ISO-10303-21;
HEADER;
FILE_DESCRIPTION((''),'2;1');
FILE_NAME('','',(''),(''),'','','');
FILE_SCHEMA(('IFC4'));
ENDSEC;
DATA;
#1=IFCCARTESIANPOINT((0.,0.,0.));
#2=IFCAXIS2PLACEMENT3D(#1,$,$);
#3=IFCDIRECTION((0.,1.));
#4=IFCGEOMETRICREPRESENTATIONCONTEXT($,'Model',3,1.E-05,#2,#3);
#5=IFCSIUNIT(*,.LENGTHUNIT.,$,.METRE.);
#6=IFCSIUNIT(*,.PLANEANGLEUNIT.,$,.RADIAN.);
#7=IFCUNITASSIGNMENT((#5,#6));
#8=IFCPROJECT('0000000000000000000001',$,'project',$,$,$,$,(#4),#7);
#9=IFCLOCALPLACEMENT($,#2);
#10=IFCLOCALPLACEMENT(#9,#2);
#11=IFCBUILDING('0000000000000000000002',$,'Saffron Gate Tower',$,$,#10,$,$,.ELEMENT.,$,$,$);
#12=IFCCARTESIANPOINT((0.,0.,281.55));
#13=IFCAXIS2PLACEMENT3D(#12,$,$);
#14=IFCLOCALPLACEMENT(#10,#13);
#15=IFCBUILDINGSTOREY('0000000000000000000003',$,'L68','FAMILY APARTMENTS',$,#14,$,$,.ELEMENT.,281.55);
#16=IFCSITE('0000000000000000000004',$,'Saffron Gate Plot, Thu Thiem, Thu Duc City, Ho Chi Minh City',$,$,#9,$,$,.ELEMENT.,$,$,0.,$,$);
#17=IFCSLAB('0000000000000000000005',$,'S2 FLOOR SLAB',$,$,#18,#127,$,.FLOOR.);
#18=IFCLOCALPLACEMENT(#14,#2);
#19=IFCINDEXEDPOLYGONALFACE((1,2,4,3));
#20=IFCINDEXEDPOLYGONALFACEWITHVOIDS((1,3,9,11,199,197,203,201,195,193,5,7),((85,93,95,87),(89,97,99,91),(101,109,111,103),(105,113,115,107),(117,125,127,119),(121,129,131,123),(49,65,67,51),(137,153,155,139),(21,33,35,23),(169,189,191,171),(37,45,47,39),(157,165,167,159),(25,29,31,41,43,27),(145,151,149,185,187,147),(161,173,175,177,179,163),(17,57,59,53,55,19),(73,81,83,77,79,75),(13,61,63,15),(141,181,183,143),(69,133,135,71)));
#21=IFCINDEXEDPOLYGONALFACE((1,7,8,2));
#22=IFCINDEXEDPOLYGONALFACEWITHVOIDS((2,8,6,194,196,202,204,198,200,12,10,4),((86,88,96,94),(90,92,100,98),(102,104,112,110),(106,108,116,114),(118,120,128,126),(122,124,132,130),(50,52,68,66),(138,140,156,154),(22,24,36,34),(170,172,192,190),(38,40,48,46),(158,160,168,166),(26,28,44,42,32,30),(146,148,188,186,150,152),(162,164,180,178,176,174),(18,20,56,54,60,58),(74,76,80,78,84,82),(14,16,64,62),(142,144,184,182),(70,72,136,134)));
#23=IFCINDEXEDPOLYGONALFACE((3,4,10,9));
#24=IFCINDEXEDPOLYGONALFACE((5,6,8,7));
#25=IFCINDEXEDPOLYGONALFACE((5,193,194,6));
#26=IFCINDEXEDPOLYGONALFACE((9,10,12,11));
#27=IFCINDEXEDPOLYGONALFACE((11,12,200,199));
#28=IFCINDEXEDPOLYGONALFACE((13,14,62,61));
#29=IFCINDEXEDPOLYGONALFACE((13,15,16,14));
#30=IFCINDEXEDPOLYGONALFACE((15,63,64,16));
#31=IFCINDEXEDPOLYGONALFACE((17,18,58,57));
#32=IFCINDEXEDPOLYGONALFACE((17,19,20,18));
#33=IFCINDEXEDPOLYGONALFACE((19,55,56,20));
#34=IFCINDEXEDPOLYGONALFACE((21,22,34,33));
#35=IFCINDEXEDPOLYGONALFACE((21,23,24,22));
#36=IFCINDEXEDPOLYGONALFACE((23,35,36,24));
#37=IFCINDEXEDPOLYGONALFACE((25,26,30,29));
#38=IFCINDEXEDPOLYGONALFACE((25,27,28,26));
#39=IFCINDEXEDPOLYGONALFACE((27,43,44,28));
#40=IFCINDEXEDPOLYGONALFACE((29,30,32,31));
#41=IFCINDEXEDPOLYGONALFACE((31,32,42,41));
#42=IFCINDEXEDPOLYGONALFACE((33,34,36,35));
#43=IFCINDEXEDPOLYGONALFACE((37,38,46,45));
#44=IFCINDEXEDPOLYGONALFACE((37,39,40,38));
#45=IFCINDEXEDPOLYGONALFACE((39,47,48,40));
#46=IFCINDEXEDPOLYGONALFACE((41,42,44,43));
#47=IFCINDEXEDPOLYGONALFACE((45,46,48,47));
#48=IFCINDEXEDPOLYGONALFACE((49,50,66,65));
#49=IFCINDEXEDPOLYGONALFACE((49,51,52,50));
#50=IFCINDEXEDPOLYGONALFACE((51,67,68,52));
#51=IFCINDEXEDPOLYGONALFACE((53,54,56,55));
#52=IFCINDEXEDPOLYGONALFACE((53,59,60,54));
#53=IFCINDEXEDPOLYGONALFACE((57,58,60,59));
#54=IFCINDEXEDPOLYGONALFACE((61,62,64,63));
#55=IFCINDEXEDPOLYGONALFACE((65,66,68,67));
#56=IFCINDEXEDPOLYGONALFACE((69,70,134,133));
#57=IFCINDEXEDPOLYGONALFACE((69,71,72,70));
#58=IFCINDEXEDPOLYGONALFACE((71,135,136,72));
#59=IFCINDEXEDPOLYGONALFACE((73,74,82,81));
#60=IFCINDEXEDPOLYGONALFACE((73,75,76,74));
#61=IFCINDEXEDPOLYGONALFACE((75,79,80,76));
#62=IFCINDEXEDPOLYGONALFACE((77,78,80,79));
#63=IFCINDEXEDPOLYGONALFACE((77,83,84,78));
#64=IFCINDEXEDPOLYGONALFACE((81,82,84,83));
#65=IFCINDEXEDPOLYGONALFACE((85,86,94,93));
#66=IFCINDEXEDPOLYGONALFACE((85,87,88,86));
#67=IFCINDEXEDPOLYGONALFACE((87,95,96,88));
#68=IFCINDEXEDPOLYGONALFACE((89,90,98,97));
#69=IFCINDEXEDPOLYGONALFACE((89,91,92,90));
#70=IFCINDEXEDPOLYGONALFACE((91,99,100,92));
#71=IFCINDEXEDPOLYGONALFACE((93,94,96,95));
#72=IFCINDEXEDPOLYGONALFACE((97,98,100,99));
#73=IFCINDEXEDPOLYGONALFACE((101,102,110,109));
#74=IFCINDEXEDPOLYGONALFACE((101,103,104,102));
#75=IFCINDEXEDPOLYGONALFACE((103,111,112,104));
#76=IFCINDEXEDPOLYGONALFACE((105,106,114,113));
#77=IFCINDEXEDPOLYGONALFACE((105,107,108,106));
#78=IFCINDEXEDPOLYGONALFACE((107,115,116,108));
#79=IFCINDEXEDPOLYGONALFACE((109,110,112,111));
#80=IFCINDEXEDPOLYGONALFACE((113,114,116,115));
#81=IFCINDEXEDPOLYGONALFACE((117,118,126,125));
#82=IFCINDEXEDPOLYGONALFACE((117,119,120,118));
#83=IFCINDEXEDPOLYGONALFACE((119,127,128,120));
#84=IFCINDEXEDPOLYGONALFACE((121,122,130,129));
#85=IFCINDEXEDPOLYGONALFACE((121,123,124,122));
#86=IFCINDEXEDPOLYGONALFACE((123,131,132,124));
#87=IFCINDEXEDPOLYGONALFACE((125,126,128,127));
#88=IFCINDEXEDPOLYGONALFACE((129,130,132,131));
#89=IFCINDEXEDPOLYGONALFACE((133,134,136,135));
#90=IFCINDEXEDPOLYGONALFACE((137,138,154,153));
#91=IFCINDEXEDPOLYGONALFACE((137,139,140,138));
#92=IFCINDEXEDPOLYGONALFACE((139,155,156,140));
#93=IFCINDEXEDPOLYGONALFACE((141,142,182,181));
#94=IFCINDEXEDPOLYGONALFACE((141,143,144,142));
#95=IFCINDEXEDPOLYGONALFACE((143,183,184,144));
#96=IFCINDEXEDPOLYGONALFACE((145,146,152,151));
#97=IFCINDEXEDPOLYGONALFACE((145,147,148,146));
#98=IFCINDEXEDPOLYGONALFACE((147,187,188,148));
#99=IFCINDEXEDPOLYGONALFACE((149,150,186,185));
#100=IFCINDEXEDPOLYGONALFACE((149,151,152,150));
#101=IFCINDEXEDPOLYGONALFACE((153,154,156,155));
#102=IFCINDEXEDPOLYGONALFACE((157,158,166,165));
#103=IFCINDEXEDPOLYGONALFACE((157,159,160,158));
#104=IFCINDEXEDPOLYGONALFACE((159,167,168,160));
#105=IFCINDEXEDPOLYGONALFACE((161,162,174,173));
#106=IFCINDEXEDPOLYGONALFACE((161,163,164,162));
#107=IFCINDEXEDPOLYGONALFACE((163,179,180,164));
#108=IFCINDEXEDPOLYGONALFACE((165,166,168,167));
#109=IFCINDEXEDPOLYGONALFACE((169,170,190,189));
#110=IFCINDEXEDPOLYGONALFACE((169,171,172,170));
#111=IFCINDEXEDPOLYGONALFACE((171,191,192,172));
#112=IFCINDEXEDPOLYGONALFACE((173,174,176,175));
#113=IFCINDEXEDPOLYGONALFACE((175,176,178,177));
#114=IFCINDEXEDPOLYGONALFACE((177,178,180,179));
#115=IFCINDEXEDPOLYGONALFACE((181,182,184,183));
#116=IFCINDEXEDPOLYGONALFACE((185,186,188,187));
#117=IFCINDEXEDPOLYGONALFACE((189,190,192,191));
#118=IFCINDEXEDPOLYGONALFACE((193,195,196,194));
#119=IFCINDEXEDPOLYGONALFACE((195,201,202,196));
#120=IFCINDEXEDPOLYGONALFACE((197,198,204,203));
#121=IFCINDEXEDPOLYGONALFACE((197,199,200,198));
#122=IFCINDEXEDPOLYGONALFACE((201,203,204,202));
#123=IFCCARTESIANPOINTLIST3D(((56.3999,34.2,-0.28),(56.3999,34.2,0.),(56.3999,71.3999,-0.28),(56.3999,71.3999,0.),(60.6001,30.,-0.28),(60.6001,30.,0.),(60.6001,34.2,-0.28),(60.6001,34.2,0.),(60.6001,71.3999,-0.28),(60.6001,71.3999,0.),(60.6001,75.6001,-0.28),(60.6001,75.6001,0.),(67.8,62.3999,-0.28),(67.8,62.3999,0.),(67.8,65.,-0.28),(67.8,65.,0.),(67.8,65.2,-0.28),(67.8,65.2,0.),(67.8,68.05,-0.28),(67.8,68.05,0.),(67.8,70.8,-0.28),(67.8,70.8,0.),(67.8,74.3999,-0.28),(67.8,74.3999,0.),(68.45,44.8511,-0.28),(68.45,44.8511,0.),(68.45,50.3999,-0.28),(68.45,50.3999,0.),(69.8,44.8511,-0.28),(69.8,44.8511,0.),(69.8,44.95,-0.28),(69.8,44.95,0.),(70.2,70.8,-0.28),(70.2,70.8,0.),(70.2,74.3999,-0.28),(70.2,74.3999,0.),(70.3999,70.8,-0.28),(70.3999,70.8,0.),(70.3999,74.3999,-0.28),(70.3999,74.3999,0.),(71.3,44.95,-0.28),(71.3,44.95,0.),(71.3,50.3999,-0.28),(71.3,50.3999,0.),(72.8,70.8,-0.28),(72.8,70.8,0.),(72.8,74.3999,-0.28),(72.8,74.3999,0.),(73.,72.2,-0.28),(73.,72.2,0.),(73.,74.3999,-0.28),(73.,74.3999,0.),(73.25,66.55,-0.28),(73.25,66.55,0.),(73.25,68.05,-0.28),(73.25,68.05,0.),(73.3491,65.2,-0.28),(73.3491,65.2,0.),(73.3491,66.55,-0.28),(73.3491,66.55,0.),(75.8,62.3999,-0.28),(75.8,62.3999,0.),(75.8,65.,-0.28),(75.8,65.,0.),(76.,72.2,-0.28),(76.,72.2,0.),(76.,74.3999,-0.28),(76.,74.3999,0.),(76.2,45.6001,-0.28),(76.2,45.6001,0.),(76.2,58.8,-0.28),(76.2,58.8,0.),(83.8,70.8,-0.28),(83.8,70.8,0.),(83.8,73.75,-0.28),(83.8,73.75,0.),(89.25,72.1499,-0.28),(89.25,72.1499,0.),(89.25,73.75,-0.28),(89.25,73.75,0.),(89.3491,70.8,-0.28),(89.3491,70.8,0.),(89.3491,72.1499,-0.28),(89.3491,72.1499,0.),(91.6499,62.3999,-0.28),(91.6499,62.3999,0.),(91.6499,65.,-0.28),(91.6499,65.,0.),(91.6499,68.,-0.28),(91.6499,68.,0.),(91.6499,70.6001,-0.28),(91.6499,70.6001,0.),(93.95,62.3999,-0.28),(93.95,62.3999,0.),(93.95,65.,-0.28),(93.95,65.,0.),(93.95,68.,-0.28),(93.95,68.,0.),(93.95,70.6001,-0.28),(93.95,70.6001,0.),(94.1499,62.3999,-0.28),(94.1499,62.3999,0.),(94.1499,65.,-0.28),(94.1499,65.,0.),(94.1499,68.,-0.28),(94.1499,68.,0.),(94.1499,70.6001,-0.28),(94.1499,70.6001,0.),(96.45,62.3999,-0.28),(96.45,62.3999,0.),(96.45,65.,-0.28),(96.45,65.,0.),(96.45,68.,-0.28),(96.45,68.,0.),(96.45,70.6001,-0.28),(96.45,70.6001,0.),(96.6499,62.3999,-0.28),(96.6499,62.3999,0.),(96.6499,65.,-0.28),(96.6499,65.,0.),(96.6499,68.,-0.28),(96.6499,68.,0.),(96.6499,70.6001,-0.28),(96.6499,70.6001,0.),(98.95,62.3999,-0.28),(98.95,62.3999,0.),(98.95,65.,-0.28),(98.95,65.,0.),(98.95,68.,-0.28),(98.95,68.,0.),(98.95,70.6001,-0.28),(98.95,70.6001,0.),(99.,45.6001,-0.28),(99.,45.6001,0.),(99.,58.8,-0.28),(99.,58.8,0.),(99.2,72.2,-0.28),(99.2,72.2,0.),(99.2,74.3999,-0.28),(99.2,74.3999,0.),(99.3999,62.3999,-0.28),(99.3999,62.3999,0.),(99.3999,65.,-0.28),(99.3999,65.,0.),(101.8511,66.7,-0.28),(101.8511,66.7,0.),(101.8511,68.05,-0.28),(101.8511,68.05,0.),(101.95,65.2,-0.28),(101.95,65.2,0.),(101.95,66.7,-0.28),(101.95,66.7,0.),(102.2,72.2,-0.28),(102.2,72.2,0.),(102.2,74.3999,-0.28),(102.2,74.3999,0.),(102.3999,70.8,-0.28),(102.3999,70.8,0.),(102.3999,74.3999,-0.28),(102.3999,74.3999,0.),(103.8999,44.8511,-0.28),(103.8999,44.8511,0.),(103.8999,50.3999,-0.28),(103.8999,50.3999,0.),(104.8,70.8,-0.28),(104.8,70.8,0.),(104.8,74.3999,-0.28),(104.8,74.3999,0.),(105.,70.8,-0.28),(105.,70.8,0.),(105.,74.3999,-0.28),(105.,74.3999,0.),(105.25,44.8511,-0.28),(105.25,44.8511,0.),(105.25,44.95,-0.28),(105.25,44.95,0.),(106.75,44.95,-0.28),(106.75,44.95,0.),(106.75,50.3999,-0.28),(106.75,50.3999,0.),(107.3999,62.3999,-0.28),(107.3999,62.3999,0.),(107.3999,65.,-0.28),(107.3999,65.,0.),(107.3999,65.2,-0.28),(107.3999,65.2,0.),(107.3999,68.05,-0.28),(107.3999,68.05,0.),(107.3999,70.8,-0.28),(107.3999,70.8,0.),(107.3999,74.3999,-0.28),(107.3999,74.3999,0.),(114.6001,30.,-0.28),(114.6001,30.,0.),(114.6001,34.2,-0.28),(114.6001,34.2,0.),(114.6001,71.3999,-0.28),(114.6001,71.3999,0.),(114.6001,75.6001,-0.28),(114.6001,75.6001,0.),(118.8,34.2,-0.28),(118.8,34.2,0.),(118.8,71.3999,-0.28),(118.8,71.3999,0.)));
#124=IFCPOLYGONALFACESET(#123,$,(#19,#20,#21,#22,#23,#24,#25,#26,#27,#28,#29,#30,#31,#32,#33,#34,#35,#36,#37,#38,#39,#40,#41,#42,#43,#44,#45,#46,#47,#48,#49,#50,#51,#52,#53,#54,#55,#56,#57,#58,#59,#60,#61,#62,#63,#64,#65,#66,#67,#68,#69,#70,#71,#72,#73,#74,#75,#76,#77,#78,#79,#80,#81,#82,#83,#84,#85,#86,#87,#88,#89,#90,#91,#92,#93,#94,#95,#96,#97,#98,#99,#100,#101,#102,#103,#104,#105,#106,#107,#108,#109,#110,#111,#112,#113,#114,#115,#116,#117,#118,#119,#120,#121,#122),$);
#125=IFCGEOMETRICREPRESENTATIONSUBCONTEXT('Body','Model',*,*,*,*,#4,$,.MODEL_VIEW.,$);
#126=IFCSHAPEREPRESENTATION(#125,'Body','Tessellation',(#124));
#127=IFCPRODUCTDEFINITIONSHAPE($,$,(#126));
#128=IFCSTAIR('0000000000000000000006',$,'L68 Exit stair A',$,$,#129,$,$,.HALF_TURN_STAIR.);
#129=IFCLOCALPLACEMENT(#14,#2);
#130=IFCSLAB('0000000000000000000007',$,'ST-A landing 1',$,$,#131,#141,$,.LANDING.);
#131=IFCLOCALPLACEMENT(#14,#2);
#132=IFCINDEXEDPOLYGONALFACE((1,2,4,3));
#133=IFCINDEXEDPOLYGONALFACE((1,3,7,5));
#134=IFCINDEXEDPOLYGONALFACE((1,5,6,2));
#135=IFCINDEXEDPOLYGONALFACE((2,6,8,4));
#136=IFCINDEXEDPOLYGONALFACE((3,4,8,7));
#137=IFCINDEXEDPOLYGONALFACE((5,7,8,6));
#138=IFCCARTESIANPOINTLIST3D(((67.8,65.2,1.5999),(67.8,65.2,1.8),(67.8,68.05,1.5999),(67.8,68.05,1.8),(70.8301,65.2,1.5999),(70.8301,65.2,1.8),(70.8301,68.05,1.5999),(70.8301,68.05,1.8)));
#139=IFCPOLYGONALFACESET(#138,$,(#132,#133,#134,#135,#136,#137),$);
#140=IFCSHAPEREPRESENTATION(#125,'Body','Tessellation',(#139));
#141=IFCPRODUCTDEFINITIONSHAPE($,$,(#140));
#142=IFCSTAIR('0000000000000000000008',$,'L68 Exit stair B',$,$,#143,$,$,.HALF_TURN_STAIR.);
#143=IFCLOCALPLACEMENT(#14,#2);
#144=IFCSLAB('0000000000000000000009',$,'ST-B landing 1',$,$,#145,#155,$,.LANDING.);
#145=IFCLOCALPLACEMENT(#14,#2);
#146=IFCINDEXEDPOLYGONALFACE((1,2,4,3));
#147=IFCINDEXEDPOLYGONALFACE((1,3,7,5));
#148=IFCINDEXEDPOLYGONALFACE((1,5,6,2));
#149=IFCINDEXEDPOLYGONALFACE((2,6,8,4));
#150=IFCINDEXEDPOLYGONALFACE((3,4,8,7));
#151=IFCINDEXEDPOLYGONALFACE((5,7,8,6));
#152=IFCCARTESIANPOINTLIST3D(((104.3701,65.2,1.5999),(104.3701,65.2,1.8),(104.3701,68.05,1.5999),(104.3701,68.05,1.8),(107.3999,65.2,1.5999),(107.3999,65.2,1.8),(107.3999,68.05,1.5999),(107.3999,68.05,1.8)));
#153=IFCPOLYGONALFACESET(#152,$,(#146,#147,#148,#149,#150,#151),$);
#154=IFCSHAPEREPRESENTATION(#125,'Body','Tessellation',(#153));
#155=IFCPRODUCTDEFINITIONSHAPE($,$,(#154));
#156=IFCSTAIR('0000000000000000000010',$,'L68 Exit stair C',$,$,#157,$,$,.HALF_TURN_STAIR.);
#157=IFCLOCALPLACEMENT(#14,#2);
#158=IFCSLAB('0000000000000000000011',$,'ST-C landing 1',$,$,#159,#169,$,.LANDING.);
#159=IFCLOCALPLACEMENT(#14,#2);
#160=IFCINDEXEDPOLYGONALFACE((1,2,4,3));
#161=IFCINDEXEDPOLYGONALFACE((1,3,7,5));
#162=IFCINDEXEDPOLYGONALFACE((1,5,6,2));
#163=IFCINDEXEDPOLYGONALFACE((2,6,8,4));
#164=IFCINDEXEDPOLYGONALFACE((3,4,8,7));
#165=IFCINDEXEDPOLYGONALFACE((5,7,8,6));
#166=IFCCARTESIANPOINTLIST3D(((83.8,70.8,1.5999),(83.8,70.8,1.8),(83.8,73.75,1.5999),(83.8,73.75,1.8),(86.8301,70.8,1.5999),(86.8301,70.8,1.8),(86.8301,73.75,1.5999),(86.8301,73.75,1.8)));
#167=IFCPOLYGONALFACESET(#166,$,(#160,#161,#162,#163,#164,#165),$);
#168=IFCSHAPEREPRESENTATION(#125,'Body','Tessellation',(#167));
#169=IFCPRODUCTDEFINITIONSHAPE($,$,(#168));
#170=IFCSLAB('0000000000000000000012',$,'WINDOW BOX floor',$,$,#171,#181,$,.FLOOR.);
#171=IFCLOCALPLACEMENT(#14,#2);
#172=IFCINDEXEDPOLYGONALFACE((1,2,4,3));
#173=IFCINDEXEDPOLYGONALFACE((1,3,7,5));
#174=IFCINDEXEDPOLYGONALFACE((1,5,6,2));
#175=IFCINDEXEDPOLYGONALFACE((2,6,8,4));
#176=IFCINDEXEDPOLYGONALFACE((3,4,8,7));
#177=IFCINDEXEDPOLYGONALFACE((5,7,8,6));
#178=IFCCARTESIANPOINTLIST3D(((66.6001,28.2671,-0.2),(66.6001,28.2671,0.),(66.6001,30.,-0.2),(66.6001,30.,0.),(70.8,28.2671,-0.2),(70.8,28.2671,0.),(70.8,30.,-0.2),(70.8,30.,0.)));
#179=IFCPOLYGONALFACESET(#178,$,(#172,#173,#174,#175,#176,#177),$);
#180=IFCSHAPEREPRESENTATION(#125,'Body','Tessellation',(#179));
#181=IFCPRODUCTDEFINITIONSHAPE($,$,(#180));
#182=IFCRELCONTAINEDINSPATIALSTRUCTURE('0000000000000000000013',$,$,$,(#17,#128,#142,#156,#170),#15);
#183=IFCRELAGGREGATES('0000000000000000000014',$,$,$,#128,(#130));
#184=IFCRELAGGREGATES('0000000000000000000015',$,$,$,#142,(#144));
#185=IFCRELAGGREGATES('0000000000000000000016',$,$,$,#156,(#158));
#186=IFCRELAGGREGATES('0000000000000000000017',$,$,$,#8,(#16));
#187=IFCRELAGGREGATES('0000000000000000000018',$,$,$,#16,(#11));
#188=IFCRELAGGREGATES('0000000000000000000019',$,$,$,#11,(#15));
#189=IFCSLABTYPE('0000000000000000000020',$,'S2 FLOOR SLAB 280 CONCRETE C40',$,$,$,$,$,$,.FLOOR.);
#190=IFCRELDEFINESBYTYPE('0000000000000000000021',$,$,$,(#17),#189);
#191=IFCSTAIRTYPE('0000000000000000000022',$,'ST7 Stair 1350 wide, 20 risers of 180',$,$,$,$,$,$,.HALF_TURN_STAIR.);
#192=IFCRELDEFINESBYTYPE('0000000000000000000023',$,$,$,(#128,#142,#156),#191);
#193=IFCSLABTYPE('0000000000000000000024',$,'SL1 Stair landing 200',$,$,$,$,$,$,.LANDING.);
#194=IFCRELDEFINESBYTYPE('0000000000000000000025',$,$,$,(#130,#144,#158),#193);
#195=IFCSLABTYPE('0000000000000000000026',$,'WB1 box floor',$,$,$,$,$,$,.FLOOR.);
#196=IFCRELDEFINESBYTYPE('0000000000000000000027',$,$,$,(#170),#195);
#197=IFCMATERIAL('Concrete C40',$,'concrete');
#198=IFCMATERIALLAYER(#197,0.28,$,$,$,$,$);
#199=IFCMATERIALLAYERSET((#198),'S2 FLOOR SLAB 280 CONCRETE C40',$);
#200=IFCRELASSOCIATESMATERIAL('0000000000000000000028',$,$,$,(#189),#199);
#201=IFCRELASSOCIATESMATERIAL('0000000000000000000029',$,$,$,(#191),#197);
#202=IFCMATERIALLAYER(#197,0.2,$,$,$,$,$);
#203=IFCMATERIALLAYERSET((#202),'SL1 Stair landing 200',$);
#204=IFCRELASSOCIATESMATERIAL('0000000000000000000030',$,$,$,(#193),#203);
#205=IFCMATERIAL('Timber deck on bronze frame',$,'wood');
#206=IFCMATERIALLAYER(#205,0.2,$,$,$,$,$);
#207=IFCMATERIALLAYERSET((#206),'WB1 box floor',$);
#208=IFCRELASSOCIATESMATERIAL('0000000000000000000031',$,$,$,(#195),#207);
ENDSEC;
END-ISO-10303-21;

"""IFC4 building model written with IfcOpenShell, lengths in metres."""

from ifc_helpers import new_model, si_unit, direction, frame, origin, place, context, subcontext, project, spatial, polyline, outline, extrude, material, layer, layer_set, type_object, element, aggregate, save


model = new_model("IFC4")

# Units and contexts
model_context = context("Model", 3, precision=1e-05, world=origin(), true_north=direction((0.0, 1.0)))
body_context = subcontext(model_context, "Body", "Model", "MODEL_VIEW")
ifc_project = project(units=[si_unit("LENGTHUNIT", "METRE"), si_unit("PLANEANGLEUNIT", "RADIAN")], contexts=[model_context])

# Site, building, storey
site_placement = place(None, origin())
site = spatial("IfcSite", under=ifc_project, at=site_placement, Name="Saffron Gate Plot, Thu Thiem, Thu Duc City, Ho Chi Minh City", CompositionType="ELEMENT", RefElevation=0.0)
building_placement = place(site_placement, origin())
building = spatial("IfcBuilding", under=site, at=building_placement, Name="Saffron Gate Tower", CompositionType="ELEMENT")
storey_placement = place(building_placement, frame((0.0, 0.0, 281.55)))
storey = spatial("IfcBuildingStorey", under=building, at=storey_placement, Name="L68", Description="FAMILY APARTMENTS", CompositionType="ELEMENT", Elevation=281.55)

# Slab
ifc_material_1 = material(Name="Concrete C40", Category="concrete")
ifc_layer_1 = layer(ifc_material_1, 0.28)
ifc_layer_set_1 = layer_set([ifc_layer_1], Name="S2 FLOOR SLAB 280 CONCRETE C40")
slab_type_1 = type_object("IfcSlabType", Name="S2 FLOOR SLAB 280 CONCRETE C40", PredefinedType="FLOOR", material=ifc_layer_set_1)
slab_1_placement = place(storey_placement, frame((0.0, 0.0, -0.28)))
element("IfcSlab", 1, at=slab_1_placement, inside=storey, type_object=slab_type_1, Name="S2 FLOOR SLAB", PredefinedType="FLOOR", context=body_context, shape_type="SweptSolid", body=[
    extrude(outline(polyline([(56.3999, 34.2), (60.6001, 34.2), (60.6001, 30.0), (114.6001, 30.0), (114.6001, 34.2), (118.8, 34.2), (118.8, 71.3999), (114.6001, 71.3999), (114.6001, 75.6001), (60.6001, 75.6001), (60.6001, 71.3999), (56.3999, 71.3999), (56.3999, 34.2)]), holes=[polyline([(67.8, 62.3999), (67.8, 65.0), (75.8, 65.0), (75.8, 62.3999), (67.8, 62.3999)]), polyline([(67.8, 65.2), (67.8, 68.05), (73.25, 68.05), (73.25, 66.55), (73.3491, 66.55), (73.3491, 65.2), (67.8, 65.2)]), polyline([(67.8, 70.8), (67.8, 74.3999), (70.2, 74.3999), (70.2, 70.8), (67.8, 70.8)]), polyline([(68.45, 44.8511), (68.45, 50.3999), (71.3, 50.3999), (71.3, 44.95), (69.8, 44.95), (69.8, 44.8511), (68.45, 44.8511)]), polyline([(70.3999, 70.8), (70.3999, 74.3999), (72.8, 74.3999), (72.8, 70.8), (70.3999, 70.8)]), polyline([(73.0, 72.2), (73.0, 74.3999), (76.0, 74.3999), (76.0, 72.2), (73.0, 72.2)]), polyline([(76.2, 45.6001), (76.2, 58.8), (99.0, 58.8), (99.0, 45.6001), (76.2, 45.6001)]), polyline([(83.8, 70.8), (83.8, 73.75), (89.25, 73.75), (89.25, 72.1499), (89.3491, 72.1499), (89.3491, 70.8), (83.8, 70.8)]), polyline([(91.6499, 62.3999), (91.6499, 65.0), (93.95, 65.0), (93.95, 62.3999), (91.6499, 62.3999)]), polyline([(91.6499, 68.0), (91.6499, 70.6001), (93.95, 70.6001), (93.95, 68.0), (91.6499, 68.0)]), polyline([(94.1499, 62.3999), (94.1499, 65.0), (96.45, 65.0), (96.45, 62.3999), (94.1499, 62.3999)]), polyline([(94.1499, 68.0), (94.1499, 70.6001), (96.45, 70.6001), (96.45, 68.0), (94.1499, 68.0)]), polyline([(96.6499, 62.3999), (96.6499, 65.0), (98.95, 65.0), (98.95, 62.3999), (96.6499, 62.3999)]), polyline([(96.6499, 68.0), (96.6499, 70.6001), (98.95, 70.6001), (98.95, 68.0), (96.6499, 68.0)]), polyline([(99.2, 72.2), (99.2, 74.3999), (102.2, 74.3999), (102.2, 72.2), (99.2, 72.2)]), polyline([(99.3999, 62.3999), (99.3999, 65.0), (107.3999, 65.0), (107.3999, 62.3999), (99.3999, 62.3999)]), polyline([(101.8511, 66.7), (101.8511, 68.05), (107.3999, 68.05), (107.3999, 65.2), (101.95, 65.2), (101.95, 66.7), (101.8511, 66.7)]), polyline([(102.3999, 70.8), (102.3999, 74.3999), (104.8, 74.3999), (104.8, 70.8), (102.3999, 70.8)]), polyline([(103.8999, 44.8511), (103.8999, 50.3999), (106.75, 50.3999), (106.75, 44.95), (105.25, 44.95), (105.25, 44.8511), (103.8999, 44.8511)]), polyline([(105.0, 70.8), (105.0, 74.3999), (107.3999, 74.3999), (107.3999, 70.8), (105.0, 70.8)])]), origin(), (0.0, 0.0, 1.0), 0.28),
])

# Stairs, slabs
stair_type = type_object("IfcStairType", Name="ST7 Stair 1350 wide, 20 risers of 180", PredefinedType="HALF_TURN_STAIR", material=ifc_material_1)
stair_1_placement = place(storey_placement, origin())
stair_1 = element("IfcStair", 2, at=stair_1_placement, inside=storey, type_object=stair_type, Name="L68 Exit stair A", PredefinedType="HALF_TURN_STAIR")
ifc_layer_2 = layer(ifc_material_1, 0.2)
ifc_layer_set_2 = layer_set([ifc_layer_2], Name="SL1 Stair landing 200")
slab_type_2 = type_object("IfcSlabType", Name="SL1 Stair landing 200", PredefinedType="LANDING", material=ifc_layer_set_2)
slab_2_placement = place(storey_placement, frame((0.0, 0.0, 1.5999)))
slab_2 = element("IfcSlab", 3, at=slab_2_placement, type_object=slab_type_2, Name="ST-A landing 1", PredefinedType="LANDING", context=body_context, shape_type="SweptSolid", body=[
    extrude(outline(polyline([(70.8301, 68.05), (67.8, 68.05), (67.8, 65.2), (70.8301, 65.2), (70.8301, 68.05)])), origin(), (0.0, 0.0, 1.0), 0.2002),
])
aggregate(stair_1, [slab_2])
stair_2_placement = place(storey_placement, origin())
stair_2 = element("IfcStair", 4, at=stair_2_placement, inside=storey, type_object=stair_type, Name="L68 Exit stair B", PredefinedType="HALF_TURN_STAIR")
slab_3_placement = place(storey_placement, frame((0.0, 0.0, 1.5999)))
slab_3 = element("IfcSlab", 5, at=slab_3_placement, type_object=slab_type_2, Name="ST-B landing 1", PredefinedType="LANDING", context=body_context, shape_type="SweptSolid", body=[
    extrude(outline(polyline([(104.3701, 65.2), (107.3999, 65.2), (107.3999, 68.05), (104.3701, 68.05), (104.3701, 65.2)])), origin(), (0.0, 0.0, 1.0), 0.2002),
])
aggregate(stair_2, [slab_3])
stair_3_placement = place(storey_placement, origin())
stair_3 = element("IfcStair", 6, at=stair_3_placement, inside=storey, type_object=stair_type, Name="L68 Exit stair C", PredefinedType="HALF_TURN_STAIR")
slab_4_placement = place(storey_placement, frame((0.0, 0.0, 1.5999)))
slab_4 = element("IfcSlab", 7, at=slab_4_placement, type_object=slab_type_2, Name="ST-C landing 1", PredefinedType="LANDING", context=body_context, shape_type="SweptSolid", body=[
    extrude(outline(polyline([(86.8301, 73.75), (83.8, 73.75), (83.8, 70.8), (86.8301, 70.8), (86.8301, 73.75)])), origin(), (0.0, 0.0, 1.0), 0.2002),
])
aggregate(stair_3, [slab_4])

# Slab
ifc_material_2 = material(Name="Timber deck on bronze frame", Category="wood")
ifc_layer_3 = layer(ifc_material_2, 0.2)
ifc_layer_set_3 = layer_set([ifc_layer_3], Name="WB1 box floor")
slab_type_3 = type_object("IfcSlabType", Name="WB1 box floor", PredefinedType="FLOOR", material=ifc_layer_set_3)
slab_5_placement = place(storey_placement, frame((0.0, 0.0, -0.2)))
element("IfcSlab", 8, at=slab_5_placement, inside=storey, type_object=slab_type_3, Name="WINDOW BOX floor", PredefinedType="FLOOR", context=body_context, shape_type="SweptSolid", body=[
    extrude(outline(polyline([(66.6001, 30.0), (70.8, 30.0), (70.8, 28.2671), (66.6001, 28.2671), (66.6001, 30.0)])), origin(), (0.0, 0.0, 1.0), 0.2),
])

save(model, "model.ifc")
